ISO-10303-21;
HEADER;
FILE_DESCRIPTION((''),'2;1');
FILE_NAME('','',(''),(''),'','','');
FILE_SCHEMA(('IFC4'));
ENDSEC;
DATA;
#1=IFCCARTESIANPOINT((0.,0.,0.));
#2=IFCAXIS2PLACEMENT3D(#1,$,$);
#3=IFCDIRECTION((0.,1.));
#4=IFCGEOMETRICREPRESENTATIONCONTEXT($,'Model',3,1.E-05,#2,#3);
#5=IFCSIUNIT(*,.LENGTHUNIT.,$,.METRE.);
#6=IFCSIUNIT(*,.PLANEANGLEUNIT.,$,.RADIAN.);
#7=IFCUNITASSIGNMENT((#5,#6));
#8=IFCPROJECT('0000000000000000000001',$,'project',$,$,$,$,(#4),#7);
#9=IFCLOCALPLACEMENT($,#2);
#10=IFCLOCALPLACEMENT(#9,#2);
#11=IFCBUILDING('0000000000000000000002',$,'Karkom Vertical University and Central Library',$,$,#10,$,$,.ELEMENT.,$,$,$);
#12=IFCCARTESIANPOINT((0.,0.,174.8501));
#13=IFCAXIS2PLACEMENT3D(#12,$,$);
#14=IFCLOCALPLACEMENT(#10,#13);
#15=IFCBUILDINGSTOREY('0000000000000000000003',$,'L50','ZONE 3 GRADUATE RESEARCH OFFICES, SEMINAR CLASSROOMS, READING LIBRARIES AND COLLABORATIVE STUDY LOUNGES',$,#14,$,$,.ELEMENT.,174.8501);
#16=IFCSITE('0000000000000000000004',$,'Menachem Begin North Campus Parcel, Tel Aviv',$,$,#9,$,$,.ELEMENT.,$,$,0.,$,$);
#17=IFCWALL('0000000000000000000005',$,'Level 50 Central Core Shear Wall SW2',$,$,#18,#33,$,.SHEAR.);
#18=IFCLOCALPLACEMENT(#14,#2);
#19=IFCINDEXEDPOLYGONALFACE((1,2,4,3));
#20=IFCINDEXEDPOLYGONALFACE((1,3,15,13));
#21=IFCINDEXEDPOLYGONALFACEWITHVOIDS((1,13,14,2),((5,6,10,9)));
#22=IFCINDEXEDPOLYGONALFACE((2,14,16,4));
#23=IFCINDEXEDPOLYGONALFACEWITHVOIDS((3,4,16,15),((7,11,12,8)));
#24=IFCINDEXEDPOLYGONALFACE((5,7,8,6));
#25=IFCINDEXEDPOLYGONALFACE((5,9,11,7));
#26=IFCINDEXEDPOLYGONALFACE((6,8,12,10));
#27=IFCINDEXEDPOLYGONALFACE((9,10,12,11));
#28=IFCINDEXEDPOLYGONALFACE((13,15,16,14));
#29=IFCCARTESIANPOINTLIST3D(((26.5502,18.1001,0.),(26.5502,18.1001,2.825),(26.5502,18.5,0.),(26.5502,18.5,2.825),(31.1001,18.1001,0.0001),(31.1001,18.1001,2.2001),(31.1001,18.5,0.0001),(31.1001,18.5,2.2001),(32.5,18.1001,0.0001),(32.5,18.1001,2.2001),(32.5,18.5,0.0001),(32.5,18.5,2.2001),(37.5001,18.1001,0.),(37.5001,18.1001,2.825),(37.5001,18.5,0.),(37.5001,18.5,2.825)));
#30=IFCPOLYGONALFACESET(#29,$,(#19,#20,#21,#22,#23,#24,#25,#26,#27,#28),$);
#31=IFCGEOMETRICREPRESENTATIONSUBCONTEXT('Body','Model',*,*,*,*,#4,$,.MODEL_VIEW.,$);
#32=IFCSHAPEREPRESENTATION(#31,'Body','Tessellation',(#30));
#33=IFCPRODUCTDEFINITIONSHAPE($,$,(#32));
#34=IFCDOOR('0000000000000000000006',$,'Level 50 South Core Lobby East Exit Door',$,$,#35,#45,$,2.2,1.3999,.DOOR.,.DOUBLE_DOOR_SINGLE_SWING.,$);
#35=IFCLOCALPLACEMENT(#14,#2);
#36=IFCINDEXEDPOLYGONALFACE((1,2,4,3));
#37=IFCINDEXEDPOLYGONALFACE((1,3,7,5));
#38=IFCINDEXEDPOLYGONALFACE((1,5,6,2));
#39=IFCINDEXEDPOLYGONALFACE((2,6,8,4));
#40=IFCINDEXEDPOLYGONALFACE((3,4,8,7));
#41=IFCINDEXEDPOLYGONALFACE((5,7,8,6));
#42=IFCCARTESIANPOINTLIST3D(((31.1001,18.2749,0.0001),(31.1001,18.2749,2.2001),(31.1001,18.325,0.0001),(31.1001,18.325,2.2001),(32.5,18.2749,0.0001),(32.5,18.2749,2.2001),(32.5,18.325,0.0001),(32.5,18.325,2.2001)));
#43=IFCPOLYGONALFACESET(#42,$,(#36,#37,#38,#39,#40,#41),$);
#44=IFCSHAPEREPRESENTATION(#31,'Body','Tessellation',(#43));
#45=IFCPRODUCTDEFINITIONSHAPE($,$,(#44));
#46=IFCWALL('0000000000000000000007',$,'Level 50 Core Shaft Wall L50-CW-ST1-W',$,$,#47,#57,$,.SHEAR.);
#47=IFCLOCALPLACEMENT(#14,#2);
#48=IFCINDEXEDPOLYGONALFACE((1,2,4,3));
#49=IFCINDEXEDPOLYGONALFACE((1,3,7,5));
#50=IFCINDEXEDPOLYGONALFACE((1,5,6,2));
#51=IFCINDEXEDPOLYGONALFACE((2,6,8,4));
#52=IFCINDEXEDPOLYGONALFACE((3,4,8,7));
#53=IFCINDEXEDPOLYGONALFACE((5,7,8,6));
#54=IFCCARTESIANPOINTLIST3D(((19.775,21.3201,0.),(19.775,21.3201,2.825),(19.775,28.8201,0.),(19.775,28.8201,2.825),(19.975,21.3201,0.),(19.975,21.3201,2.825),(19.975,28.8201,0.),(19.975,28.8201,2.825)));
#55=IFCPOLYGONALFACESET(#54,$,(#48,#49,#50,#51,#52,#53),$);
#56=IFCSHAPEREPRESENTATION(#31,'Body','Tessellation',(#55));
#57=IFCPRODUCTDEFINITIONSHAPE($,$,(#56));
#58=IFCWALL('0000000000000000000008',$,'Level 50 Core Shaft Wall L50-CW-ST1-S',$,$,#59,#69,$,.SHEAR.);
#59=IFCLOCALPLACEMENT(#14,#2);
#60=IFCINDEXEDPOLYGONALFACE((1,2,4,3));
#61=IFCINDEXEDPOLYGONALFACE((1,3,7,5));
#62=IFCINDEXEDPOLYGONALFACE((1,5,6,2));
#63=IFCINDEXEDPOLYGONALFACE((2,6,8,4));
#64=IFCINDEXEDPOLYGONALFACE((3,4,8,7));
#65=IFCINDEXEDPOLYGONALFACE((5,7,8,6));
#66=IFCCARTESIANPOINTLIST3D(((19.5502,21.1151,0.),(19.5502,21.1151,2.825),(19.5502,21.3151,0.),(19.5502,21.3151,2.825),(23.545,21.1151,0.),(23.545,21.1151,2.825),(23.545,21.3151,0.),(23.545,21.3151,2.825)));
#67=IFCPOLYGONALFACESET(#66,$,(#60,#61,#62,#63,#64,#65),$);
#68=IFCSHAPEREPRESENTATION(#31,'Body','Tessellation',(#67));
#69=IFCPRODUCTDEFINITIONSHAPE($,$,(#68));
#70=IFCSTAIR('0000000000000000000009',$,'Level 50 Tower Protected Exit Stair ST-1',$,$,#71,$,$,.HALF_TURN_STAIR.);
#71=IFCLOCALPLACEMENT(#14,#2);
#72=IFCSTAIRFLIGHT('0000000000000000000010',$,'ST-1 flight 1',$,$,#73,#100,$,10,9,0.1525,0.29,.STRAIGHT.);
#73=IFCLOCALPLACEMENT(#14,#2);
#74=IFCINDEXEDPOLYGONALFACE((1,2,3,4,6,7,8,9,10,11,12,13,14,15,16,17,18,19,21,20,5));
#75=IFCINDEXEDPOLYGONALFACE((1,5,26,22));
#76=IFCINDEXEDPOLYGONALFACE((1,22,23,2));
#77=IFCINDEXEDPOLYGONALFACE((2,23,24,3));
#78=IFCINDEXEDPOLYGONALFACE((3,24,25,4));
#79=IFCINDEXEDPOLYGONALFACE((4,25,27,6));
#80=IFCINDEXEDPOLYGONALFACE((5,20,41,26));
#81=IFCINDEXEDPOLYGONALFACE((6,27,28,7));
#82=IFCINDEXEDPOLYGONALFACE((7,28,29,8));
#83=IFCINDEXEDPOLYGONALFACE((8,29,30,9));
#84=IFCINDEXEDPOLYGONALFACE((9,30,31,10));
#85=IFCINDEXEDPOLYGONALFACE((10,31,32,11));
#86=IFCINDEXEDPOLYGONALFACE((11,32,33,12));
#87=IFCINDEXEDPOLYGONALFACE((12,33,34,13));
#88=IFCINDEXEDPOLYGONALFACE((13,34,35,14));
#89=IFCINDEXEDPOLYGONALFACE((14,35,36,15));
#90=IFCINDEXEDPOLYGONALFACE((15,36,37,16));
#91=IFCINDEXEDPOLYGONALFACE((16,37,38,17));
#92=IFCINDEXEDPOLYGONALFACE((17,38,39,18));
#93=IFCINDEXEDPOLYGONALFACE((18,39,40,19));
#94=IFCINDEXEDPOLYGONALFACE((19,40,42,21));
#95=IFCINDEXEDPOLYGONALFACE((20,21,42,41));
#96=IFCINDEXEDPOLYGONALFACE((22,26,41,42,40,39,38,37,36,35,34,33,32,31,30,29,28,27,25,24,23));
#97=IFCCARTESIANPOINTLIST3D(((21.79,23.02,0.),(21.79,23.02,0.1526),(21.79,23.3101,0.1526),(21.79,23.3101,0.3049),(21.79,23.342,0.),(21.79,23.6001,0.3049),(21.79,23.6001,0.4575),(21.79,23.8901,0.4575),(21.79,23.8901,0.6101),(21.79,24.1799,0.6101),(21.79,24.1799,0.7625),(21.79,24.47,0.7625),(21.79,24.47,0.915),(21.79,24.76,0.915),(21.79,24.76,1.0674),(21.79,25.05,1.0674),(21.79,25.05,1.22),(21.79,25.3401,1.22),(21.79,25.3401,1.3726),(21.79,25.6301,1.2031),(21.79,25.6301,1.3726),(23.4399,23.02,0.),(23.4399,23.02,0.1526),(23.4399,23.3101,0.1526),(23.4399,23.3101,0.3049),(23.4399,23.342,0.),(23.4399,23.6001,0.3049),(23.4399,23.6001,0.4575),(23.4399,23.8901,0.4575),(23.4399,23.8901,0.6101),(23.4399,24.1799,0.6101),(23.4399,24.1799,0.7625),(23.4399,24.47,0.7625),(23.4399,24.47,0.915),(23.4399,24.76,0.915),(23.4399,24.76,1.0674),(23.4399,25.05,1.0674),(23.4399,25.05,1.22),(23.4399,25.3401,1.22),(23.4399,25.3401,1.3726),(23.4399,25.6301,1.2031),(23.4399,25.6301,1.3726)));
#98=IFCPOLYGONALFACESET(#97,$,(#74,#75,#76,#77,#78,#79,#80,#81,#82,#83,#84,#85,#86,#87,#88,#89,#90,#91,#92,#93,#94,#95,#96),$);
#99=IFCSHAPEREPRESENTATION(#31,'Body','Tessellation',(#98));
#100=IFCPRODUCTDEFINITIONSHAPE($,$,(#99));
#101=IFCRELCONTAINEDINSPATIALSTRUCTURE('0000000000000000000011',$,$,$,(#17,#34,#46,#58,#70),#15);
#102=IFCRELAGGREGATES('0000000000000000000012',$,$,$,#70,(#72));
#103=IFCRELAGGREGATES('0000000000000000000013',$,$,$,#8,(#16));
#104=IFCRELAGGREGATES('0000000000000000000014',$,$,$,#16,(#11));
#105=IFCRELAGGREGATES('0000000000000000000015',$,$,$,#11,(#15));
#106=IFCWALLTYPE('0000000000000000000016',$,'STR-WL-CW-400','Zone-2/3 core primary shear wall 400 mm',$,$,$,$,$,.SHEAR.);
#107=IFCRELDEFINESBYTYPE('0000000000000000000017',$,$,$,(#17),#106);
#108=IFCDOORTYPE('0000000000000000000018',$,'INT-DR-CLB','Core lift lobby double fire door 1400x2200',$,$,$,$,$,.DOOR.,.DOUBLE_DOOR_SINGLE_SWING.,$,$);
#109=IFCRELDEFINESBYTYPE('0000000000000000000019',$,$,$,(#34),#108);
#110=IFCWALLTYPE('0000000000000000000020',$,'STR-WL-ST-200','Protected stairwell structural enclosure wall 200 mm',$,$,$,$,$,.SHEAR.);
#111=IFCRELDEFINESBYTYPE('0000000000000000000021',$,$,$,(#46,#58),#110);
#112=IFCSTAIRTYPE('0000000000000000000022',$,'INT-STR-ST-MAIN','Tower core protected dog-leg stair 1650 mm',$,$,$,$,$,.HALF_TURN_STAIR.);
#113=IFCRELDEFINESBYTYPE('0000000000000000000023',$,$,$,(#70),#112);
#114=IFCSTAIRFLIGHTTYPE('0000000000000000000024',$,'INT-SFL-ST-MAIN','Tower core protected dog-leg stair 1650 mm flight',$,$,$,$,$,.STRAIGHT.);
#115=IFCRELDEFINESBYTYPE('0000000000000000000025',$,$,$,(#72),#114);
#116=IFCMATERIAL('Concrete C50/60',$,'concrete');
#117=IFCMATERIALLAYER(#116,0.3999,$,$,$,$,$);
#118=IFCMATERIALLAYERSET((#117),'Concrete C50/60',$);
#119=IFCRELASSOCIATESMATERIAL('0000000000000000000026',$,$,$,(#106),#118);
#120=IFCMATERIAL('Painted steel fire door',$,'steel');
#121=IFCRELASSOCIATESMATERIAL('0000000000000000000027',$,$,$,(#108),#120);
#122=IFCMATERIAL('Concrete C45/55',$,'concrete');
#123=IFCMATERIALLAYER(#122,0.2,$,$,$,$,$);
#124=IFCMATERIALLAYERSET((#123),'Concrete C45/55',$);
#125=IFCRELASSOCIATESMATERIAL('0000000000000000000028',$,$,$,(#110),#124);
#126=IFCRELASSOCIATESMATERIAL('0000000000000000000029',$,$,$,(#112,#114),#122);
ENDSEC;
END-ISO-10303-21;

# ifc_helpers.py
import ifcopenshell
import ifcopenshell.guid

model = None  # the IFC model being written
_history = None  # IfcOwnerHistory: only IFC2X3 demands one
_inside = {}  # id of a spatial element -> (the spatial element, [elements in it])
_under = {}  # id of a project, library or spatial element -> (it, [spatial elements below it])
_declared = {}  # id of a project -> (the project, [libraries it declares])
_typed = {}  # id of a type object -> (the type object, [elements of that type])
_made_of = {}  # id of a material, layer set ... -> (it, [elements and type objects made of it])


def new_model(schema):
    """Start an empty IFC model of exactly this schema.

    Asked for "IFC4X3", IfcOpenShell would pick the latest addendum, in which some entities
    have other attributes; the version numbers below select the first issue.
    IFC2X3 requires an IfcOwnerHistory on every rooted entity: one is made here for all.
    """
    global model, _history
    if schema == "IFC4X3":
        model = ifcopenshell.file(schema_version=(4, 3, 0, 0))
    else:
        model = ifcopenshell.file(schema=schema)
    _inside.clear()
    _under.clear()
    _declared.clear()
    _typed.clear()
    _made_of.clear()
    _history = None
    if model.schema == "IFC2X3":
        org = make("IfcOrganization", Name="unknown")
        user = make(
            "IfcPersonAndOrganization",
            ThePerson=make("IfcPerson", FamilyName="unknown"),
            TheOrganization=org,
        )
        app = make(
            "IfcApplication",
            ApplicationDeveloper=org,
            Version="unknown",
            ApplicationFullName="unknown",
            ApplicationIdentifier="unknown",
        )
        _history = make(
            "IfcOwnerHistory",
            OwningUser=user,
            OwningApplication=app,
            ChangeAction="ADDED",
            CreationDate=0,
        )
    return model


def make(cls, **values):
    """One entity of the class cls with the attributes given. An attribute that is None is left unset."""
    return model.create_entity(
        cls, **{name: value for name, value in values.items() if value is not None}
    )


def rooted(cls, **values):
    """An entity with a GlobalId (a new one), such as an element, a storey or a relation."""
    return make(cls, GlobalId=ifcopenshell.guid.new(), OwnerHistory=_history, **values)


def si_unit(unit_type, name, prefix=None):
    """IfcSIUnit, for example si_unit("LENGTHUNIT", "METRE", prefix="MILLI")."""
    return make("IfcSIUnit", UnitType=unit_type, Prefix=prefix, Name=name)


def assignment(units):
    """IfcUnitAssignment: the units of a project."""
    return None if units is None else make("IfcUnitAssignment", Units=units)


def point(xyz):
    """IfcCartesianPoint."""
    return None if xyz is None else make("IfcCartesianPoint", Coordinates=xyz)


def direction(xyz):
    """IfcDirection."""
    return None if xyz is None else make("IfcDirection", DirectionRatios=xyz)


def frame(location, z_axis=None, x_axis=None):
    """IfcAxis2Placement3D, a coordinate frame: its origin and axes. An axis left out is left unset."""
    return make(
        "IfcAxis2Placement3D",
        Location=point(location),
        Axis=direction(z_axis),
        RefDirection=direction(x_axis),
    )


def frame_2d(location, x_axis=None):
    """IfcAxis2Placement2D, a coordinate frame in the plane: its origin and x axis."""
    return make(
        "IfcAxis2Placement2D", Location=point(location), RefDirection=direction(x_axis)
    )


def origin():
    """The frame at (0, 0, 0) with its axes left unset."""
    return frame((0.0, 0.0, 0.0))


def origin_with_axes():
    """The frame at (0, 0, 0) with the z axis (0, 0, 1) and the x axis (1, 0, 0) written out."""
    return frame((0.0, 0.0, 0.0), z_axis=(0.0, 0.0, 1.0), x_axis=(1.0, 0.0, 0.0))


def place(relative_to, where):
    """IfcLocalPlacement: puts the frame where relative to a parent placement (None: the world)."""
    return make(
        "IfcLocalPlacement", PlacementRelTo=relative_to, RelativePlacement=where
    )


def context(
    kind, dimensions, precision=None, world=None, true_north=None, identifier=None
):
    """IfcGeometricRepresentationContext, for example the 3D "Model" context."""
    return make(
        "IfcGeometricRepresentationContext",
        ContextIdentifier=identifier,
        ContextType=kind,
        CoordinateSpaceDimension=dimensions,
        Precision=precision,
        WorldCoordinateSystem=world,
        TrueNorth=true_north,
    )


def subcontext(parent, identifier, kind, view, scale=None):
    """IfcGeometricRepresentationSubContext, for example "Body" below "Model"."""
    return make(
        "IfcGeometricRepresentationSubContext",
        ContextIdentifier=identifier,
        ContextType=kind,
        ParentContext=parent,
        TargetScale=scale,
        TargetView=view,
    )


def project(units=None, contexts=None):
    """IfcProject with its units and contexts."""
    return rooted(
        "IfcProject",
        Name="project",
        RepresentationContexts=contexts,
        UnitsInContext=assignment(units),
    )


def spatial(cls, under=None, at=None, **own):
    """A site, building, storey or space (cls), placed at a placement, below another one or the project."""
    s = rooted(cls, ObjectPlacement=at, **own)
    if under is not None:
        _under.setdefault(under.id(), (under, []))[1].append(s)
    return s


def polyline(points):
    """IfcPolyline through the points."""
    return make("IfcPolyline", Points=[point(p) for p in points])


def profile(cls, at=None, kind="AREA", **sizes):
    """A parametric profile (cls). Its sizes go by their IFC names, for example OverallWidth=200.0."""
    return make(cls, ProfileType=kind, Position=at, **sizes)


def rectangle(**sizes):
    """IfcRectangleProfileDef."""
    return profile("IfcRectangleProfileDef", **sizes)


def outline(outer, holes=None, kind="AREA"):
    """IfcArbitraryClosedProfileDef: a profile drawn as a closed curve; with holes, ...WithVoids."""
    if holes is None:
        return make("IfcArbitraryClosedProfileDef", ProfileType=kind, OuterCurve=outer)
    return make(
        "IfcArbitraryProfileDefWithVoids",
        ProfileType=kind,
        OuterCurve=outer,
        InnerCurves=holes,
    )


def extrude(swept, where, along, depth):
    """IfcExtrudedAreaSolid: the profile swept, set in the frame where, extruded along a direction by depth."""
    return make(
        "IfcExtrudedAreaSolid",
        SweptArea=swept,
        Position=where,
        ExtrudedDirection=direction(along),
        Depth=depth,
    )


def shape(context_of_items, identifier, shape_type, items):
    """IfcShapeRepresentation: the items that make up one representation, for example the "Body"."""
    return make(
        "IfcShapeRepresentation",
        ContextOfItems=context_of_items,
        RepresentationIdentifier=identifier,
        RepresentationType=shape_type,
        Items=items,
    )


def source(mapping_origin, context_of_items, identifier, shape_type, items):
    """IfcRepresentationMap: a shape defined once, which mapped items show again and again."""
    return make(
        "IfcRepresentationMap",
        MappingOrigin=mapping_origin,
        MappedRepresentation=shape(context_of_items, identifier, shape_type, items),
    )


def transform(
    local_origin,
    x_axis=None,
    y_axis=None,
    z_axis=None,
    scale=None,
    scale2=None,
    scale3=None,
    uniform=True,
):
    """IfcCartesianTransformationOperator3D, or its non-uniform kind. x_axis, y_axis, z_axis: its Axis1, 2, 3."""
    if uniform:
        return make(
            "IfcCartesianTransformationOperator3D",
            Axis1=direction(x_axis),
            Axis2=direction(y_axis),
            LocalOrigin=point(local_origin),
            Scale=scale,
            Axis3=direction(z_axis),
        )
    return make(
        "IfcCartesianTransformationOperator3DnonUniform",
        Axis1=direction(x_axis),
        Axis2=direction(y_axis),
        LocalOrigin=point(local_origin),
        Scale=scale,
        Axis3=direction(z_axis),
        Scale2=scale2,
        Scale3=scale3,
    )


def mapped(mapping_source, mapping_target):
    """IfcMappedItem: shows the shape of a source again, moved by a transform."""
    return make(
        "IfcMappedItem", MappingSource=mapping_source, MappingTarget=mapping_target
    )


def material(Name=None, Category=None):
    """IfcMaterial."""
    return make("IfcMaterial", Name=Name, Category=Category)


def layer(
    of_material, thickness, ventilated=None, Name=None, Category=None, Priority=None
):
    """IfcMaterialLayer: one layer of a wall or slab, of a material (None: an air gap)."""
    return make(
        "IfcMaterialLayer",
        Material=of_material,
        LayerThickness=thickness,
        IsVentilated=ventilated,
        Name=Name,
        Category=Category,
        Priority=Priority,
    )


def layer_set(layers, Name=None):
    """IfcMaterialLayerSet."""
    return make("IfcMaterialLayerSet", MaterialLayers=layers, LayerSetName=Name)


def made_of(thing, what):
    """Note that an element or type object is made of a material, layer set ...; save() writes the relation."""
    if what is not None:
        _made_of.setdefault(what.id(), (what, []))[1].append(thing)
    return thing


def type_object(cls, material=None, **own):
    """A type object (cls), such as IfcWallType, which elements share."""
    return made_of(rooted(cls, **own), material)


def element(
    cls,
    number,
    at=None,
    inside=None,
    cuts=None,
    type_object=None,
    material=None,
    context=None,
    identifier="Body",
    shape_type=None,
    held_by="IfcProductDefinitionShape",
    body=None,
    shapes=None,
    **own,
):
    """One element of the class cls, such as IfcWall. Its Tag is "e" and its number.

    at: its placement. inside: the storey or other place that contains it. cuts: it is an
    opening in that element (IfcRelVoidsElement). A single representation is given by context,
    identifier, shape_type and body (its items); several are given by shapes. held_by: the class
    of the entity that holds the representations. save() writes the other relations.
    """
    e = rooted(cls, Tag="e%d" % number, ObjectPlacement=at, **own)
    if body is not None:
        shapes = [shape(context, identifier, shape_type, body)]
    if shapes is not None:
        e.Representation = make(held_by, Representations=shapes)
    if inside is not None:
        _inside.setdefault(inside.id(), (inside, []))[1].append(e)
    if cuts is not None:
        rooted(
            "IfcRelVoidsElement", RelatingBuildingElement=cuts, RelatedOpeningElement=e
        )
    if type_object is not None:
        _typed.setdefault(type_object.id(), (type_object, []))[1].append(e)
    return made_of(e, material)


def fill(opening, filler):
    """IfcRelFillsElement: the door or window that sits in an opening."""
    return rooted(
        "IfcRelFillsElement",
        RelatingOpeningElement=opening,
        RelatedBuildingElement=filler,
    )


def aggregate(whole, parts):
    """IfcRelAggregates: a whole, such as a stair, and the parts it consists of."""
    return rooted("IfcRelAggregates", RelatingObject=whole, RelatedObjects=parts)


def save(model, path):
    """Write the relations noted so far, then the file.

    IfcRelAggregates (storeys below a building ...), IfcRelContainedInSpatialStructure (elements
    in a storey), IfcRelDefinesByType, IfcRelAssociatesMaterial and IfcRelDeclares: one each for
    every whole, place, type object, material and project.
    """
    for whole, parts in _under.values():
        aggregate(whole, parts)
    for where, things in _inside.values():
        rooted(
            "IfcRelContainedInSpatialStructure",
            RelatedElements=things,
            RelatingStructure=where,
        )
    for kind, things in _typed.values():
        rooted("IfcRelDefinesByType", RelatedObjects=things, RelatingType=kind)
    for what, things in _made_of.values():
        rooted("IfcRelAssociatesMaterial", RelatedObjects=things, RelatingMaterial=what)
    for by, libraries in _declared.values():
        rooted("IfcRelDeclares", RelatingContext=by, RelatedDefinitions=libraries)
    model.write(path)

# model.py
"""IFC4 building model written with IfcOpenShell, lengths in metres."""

from ifc_helpers import new_model, si_unit, direction, frame, frame_2d, origin, origin_with_axes, place, context, subcontext, project, spatial, polyline, rectangle, outline, extrude, source, transform, mapped, material, layer, layer_set, type_object, element, fill, aggregate, save


model = new_model("IFC4")

# Units and contexts
model_context = context("Model", 3, precision=1e-05, world=origin(), true_north=direction((0.0, 1.0)))
body_context = subcontext(model_context, "Body", "Model", "MODEL_VIEW")
ifc_project = project(units=[si_unit("LENGTHUNIT", "METRE"), si_unit("PLANEANGLEUNIT", "RADIAN")], contexts=[model_context])

# Site, building, storey
site_placement = place(None, origin())
site = spatial("IfcSite", under=ifc_project, at=site_placement, Name="Menachem Begin North Campus Parcel, Tel Aviv", CompositionType="ELEMENT", RefElevation=0.0)
building_placement = place(site_placement, origin())
building = spatial("IfcBuilding", under=site, at=building_placement, Name="Karkom Vertical University and Central Library", CompositionType="ELEMENT")
storey_placement = place(building_placement, frame((0.0, 0.0, 174.8501)))
storey = spatial("IfcBuildingStorey", under=building, at=storey_placement, Name="L50", Description="ZONE 3 GRADUATE RESEARCH OFFICES, SEMINAR CLASSROOMS, READING LIBRARIES AND COLLABORATIVE STUDY LOUNGES", CompositionType="ELEMENT", Elevation=174.8501)

# Shared definitions
ifc_material_1 = material(Name="Concrete C50/60", Category="concrete")

# Wall, opening, door
ifc_layer_1 = layer(ifc_material_1, 0.3999)
ifc_layer_set_1 = layer_set([ifc_layer_1], Name="Concrete C50/60")
wall_type_1 = type_object("IfcWallType", Name="STR-WL-CW-400", Description="Zone-2/3 core primary shear wall 400 mm", PredefinedType="SHEAR", material=ifc_layer_set_1)
wall_1_placement = place(storey_placement, frame((26.55, 18.3, 0.0), z_axis=(0.0, 0.0, 1.0), x_axis=(1.0, 0.0, 0.0)))
wall_1 = element("IfcWall", 1, at=wall_1_placement, inside=storey, type_object=wall_type_1, Name="Level 50 Central Core Shear Wall SW2", PredefinedType="SHEAR", context=body_context, shape_type="SweptSolid", body=[
    extrude(rectangle(XDim=10.95, YDim=0.3999, at=frame_2d((5.4751, 0.0))), origin(), (0.0, 0.0, 1.0), 2.825),
])
opening_1_placement = place(wall_1_placement, frame((4.55, 0.0, 0.0)))
opening_1 = element("IfcOpeningElement", 2, at=opening_1_placement, cuts=wall_1, PredefinedType="OPENING", context=body_context, shape_type="SweptSolid", body=[
    extrude(rectangle(XDim=1.3999, YDim=2.2, at=frame_2d((0.7, 1.1001))), frame((0.0, 0.21, 0.0), z_axis=(0.0, -1.0, 0.0), x_axis=(1.0, 0.0, 0.0)), (0.0, 0.0, 1.0), 0.4199),
])
ifc_material_2 = material(Name="Painted steel fire door", Category="steel")
door_type_1 = type_object("IfcDoorType", Name="INT-DR-CLB", Description="Core lift lobby double fire door 1400x2200", OperationType="DOUBLE_DOOR_SINGLE_SWING", PredefinedType="DOOR", material=ifc_material_2)
shared_shape_1 = source(origin_with_axes(), body_context, "Body", "SweptSolid", [
    extrude(rectangle(XDim=1.3999, YDim=2.2, at=frame_2d((0.7, 1.1001))), frame((0.0, 0.0249, 0.0), z_axis=(0.0, -1.0, 0.0), x_axis=(1.0, 0.0, 0.0)), (0.0, 0.0, 1.0), 0.05),
])
door_1_placement = place(opening_1_placement, origin())
door_1 = element("IfcDoor", 3, at=door_1_placement, inside=storey, type_object=door_type_1, Name="Level 50 South Core Lobby East Exit Door", OperationType="DOUBLE_DOOR_SINGLE_SWING", OverallHeight=2.2, OverallWidth=1.3999, PredefinedType="DOOR", context=body_context, shape_type="MappedRepresentation", body=[
    mapped(shared_shape_1, transform((0.0, 0.0, 0.0), scale=1.0)),
])
fill(opening_1, door_1)

# Shared definitions
ifc_material_3 = material(Name="Concrete C45/55", Category="concrete")
ifc_layer_2 = layer(ifc_material_3, 0.2)
ifc_layer_set_2 = layer_set([ifc_layer_2], Name="Concrete C45/55")
wall_type_2 = type_object("IfcWallType", Name="STR-WL-ST-200", Description="Protected stairwell structural enclosure wall 200 mm", PredefinedType="SHEAR", material=ifc_layer_set_2)

# Walls
wall_2_placement = place(storey_placement, frame((19.875, 21.3201, 0.0), z_axis=(0.0, 0.0, 1.0), x_axis=(0.0, 1.0, 0.0)))
element("IfcWall", 4, at=wall_2_placement, inside=storey, type_object=wall_type_2, Name="Level 50 Core Shaft Wall L50-CW-ST1-W", PredefinedType="SHEAR", context=body_context, shape_type="SweptSolid", body=[
    extrude(rectangle(XDim=7.5, YDim=0.2, at=frame_2d((3.75, 0.0))), origin(), (0.0, 0.0, 1.0), 2.825),
])
wall_3_placement = place(storey_placement, frame((19.55, 21.2151, 0.0), z_axis=(0.0, 0.0, 1.0), x_axis=(1.0, 0.0, 0.0)))
element("IfcWall", 5, at=wall_3_placement, inside=storey, type_object=wall_type_2, Name="Level 50 Core Shaft Wall L50-CW-ST1-S", PredefinedType="SHEAR", context=body_context, shape_type="SweptSolid", body=[
    extrude(rectangle(XDim=3.9949, YDim=0.2, at=frame_2d((1.9976, 0.0))), origin(), (0.0, 0.0, 1.0), 2.825),
])

# Stair, stair flight
stair_type = type_object("IfcStairType", Name="INT-STR-ST-MAIN", Description="Tower core protected dog-leg stair 1650 mm", PredefinedType="HALF_TURN_STAIR", material=ifc_material_3)
stair_placement = place(storey_placement, origin())
stair = element("IfcStair", 6, at=stair_placement, inside=storey, type_object=stair_type, Name="Level 50 Tower Protected Exit Stair ST-1", PredefinedType="HALF_TURN_STAIR")
stair_flight_type = type_object("IfcStairFlightType", Name="INT-SFL-ST-MAIN", Description="Tower core protected dog-leg stair 1650 mm flight", PredefinedType="STRAIGHT", material=ifc_material_3)
stair_flight_placement = place(storey_placement, frame((22.615, 23.02, 0.0), z_axis=(0.0, 0.0, 1.0), x_axis=(0.0, 1.0, 0.0)))
stair_flight = element("IfcStairFlight", 7, at=stair_flight_placement, type_object=stair_flight_type, Name="ST-1 flight 1", NumberOfRisers=10, NumberOfTreads=9, PredefinedType="STRAIGHT", RiserHeight=0.1525, TreadLength=0.29, context=body_context, shape_type="SweptSolid", body=[
    extrude(outline(polyline([(0.0, 0.0), (0.0, 0.1526), (0.29, 0.1526), (0.29, 0.3049), (0.5801, 0.3049), (0.5801, 0.4575), (0.8701, 0.4575), (0.8701, 0.6101), (1.1599, 0.6101), (1.1599, 0.7625), (1.45, 0.7625), (1.45, 0.915), (1.74, 0.915), (1.74, 1.0674), (2.03, 1.0674), (2.03, 1.22), (2.3201, 1.22), (2.3201, 1.3726), (2.6101, 1.3726), (2.6101, 1.5249), (2.6101, 1.2031), (0.322, 0.0), (0.0, 0.0)])), frame((0.0, 0.825, 0.0), z_axis=(0.0, -1.0, 0.0), x_axis=(1.0, 0.0, 0.0)), (0.0, 0.0, 1.0), 1.6499),
])
aggregate(stair, [stair_flight])

save(model, "model.ifc")
